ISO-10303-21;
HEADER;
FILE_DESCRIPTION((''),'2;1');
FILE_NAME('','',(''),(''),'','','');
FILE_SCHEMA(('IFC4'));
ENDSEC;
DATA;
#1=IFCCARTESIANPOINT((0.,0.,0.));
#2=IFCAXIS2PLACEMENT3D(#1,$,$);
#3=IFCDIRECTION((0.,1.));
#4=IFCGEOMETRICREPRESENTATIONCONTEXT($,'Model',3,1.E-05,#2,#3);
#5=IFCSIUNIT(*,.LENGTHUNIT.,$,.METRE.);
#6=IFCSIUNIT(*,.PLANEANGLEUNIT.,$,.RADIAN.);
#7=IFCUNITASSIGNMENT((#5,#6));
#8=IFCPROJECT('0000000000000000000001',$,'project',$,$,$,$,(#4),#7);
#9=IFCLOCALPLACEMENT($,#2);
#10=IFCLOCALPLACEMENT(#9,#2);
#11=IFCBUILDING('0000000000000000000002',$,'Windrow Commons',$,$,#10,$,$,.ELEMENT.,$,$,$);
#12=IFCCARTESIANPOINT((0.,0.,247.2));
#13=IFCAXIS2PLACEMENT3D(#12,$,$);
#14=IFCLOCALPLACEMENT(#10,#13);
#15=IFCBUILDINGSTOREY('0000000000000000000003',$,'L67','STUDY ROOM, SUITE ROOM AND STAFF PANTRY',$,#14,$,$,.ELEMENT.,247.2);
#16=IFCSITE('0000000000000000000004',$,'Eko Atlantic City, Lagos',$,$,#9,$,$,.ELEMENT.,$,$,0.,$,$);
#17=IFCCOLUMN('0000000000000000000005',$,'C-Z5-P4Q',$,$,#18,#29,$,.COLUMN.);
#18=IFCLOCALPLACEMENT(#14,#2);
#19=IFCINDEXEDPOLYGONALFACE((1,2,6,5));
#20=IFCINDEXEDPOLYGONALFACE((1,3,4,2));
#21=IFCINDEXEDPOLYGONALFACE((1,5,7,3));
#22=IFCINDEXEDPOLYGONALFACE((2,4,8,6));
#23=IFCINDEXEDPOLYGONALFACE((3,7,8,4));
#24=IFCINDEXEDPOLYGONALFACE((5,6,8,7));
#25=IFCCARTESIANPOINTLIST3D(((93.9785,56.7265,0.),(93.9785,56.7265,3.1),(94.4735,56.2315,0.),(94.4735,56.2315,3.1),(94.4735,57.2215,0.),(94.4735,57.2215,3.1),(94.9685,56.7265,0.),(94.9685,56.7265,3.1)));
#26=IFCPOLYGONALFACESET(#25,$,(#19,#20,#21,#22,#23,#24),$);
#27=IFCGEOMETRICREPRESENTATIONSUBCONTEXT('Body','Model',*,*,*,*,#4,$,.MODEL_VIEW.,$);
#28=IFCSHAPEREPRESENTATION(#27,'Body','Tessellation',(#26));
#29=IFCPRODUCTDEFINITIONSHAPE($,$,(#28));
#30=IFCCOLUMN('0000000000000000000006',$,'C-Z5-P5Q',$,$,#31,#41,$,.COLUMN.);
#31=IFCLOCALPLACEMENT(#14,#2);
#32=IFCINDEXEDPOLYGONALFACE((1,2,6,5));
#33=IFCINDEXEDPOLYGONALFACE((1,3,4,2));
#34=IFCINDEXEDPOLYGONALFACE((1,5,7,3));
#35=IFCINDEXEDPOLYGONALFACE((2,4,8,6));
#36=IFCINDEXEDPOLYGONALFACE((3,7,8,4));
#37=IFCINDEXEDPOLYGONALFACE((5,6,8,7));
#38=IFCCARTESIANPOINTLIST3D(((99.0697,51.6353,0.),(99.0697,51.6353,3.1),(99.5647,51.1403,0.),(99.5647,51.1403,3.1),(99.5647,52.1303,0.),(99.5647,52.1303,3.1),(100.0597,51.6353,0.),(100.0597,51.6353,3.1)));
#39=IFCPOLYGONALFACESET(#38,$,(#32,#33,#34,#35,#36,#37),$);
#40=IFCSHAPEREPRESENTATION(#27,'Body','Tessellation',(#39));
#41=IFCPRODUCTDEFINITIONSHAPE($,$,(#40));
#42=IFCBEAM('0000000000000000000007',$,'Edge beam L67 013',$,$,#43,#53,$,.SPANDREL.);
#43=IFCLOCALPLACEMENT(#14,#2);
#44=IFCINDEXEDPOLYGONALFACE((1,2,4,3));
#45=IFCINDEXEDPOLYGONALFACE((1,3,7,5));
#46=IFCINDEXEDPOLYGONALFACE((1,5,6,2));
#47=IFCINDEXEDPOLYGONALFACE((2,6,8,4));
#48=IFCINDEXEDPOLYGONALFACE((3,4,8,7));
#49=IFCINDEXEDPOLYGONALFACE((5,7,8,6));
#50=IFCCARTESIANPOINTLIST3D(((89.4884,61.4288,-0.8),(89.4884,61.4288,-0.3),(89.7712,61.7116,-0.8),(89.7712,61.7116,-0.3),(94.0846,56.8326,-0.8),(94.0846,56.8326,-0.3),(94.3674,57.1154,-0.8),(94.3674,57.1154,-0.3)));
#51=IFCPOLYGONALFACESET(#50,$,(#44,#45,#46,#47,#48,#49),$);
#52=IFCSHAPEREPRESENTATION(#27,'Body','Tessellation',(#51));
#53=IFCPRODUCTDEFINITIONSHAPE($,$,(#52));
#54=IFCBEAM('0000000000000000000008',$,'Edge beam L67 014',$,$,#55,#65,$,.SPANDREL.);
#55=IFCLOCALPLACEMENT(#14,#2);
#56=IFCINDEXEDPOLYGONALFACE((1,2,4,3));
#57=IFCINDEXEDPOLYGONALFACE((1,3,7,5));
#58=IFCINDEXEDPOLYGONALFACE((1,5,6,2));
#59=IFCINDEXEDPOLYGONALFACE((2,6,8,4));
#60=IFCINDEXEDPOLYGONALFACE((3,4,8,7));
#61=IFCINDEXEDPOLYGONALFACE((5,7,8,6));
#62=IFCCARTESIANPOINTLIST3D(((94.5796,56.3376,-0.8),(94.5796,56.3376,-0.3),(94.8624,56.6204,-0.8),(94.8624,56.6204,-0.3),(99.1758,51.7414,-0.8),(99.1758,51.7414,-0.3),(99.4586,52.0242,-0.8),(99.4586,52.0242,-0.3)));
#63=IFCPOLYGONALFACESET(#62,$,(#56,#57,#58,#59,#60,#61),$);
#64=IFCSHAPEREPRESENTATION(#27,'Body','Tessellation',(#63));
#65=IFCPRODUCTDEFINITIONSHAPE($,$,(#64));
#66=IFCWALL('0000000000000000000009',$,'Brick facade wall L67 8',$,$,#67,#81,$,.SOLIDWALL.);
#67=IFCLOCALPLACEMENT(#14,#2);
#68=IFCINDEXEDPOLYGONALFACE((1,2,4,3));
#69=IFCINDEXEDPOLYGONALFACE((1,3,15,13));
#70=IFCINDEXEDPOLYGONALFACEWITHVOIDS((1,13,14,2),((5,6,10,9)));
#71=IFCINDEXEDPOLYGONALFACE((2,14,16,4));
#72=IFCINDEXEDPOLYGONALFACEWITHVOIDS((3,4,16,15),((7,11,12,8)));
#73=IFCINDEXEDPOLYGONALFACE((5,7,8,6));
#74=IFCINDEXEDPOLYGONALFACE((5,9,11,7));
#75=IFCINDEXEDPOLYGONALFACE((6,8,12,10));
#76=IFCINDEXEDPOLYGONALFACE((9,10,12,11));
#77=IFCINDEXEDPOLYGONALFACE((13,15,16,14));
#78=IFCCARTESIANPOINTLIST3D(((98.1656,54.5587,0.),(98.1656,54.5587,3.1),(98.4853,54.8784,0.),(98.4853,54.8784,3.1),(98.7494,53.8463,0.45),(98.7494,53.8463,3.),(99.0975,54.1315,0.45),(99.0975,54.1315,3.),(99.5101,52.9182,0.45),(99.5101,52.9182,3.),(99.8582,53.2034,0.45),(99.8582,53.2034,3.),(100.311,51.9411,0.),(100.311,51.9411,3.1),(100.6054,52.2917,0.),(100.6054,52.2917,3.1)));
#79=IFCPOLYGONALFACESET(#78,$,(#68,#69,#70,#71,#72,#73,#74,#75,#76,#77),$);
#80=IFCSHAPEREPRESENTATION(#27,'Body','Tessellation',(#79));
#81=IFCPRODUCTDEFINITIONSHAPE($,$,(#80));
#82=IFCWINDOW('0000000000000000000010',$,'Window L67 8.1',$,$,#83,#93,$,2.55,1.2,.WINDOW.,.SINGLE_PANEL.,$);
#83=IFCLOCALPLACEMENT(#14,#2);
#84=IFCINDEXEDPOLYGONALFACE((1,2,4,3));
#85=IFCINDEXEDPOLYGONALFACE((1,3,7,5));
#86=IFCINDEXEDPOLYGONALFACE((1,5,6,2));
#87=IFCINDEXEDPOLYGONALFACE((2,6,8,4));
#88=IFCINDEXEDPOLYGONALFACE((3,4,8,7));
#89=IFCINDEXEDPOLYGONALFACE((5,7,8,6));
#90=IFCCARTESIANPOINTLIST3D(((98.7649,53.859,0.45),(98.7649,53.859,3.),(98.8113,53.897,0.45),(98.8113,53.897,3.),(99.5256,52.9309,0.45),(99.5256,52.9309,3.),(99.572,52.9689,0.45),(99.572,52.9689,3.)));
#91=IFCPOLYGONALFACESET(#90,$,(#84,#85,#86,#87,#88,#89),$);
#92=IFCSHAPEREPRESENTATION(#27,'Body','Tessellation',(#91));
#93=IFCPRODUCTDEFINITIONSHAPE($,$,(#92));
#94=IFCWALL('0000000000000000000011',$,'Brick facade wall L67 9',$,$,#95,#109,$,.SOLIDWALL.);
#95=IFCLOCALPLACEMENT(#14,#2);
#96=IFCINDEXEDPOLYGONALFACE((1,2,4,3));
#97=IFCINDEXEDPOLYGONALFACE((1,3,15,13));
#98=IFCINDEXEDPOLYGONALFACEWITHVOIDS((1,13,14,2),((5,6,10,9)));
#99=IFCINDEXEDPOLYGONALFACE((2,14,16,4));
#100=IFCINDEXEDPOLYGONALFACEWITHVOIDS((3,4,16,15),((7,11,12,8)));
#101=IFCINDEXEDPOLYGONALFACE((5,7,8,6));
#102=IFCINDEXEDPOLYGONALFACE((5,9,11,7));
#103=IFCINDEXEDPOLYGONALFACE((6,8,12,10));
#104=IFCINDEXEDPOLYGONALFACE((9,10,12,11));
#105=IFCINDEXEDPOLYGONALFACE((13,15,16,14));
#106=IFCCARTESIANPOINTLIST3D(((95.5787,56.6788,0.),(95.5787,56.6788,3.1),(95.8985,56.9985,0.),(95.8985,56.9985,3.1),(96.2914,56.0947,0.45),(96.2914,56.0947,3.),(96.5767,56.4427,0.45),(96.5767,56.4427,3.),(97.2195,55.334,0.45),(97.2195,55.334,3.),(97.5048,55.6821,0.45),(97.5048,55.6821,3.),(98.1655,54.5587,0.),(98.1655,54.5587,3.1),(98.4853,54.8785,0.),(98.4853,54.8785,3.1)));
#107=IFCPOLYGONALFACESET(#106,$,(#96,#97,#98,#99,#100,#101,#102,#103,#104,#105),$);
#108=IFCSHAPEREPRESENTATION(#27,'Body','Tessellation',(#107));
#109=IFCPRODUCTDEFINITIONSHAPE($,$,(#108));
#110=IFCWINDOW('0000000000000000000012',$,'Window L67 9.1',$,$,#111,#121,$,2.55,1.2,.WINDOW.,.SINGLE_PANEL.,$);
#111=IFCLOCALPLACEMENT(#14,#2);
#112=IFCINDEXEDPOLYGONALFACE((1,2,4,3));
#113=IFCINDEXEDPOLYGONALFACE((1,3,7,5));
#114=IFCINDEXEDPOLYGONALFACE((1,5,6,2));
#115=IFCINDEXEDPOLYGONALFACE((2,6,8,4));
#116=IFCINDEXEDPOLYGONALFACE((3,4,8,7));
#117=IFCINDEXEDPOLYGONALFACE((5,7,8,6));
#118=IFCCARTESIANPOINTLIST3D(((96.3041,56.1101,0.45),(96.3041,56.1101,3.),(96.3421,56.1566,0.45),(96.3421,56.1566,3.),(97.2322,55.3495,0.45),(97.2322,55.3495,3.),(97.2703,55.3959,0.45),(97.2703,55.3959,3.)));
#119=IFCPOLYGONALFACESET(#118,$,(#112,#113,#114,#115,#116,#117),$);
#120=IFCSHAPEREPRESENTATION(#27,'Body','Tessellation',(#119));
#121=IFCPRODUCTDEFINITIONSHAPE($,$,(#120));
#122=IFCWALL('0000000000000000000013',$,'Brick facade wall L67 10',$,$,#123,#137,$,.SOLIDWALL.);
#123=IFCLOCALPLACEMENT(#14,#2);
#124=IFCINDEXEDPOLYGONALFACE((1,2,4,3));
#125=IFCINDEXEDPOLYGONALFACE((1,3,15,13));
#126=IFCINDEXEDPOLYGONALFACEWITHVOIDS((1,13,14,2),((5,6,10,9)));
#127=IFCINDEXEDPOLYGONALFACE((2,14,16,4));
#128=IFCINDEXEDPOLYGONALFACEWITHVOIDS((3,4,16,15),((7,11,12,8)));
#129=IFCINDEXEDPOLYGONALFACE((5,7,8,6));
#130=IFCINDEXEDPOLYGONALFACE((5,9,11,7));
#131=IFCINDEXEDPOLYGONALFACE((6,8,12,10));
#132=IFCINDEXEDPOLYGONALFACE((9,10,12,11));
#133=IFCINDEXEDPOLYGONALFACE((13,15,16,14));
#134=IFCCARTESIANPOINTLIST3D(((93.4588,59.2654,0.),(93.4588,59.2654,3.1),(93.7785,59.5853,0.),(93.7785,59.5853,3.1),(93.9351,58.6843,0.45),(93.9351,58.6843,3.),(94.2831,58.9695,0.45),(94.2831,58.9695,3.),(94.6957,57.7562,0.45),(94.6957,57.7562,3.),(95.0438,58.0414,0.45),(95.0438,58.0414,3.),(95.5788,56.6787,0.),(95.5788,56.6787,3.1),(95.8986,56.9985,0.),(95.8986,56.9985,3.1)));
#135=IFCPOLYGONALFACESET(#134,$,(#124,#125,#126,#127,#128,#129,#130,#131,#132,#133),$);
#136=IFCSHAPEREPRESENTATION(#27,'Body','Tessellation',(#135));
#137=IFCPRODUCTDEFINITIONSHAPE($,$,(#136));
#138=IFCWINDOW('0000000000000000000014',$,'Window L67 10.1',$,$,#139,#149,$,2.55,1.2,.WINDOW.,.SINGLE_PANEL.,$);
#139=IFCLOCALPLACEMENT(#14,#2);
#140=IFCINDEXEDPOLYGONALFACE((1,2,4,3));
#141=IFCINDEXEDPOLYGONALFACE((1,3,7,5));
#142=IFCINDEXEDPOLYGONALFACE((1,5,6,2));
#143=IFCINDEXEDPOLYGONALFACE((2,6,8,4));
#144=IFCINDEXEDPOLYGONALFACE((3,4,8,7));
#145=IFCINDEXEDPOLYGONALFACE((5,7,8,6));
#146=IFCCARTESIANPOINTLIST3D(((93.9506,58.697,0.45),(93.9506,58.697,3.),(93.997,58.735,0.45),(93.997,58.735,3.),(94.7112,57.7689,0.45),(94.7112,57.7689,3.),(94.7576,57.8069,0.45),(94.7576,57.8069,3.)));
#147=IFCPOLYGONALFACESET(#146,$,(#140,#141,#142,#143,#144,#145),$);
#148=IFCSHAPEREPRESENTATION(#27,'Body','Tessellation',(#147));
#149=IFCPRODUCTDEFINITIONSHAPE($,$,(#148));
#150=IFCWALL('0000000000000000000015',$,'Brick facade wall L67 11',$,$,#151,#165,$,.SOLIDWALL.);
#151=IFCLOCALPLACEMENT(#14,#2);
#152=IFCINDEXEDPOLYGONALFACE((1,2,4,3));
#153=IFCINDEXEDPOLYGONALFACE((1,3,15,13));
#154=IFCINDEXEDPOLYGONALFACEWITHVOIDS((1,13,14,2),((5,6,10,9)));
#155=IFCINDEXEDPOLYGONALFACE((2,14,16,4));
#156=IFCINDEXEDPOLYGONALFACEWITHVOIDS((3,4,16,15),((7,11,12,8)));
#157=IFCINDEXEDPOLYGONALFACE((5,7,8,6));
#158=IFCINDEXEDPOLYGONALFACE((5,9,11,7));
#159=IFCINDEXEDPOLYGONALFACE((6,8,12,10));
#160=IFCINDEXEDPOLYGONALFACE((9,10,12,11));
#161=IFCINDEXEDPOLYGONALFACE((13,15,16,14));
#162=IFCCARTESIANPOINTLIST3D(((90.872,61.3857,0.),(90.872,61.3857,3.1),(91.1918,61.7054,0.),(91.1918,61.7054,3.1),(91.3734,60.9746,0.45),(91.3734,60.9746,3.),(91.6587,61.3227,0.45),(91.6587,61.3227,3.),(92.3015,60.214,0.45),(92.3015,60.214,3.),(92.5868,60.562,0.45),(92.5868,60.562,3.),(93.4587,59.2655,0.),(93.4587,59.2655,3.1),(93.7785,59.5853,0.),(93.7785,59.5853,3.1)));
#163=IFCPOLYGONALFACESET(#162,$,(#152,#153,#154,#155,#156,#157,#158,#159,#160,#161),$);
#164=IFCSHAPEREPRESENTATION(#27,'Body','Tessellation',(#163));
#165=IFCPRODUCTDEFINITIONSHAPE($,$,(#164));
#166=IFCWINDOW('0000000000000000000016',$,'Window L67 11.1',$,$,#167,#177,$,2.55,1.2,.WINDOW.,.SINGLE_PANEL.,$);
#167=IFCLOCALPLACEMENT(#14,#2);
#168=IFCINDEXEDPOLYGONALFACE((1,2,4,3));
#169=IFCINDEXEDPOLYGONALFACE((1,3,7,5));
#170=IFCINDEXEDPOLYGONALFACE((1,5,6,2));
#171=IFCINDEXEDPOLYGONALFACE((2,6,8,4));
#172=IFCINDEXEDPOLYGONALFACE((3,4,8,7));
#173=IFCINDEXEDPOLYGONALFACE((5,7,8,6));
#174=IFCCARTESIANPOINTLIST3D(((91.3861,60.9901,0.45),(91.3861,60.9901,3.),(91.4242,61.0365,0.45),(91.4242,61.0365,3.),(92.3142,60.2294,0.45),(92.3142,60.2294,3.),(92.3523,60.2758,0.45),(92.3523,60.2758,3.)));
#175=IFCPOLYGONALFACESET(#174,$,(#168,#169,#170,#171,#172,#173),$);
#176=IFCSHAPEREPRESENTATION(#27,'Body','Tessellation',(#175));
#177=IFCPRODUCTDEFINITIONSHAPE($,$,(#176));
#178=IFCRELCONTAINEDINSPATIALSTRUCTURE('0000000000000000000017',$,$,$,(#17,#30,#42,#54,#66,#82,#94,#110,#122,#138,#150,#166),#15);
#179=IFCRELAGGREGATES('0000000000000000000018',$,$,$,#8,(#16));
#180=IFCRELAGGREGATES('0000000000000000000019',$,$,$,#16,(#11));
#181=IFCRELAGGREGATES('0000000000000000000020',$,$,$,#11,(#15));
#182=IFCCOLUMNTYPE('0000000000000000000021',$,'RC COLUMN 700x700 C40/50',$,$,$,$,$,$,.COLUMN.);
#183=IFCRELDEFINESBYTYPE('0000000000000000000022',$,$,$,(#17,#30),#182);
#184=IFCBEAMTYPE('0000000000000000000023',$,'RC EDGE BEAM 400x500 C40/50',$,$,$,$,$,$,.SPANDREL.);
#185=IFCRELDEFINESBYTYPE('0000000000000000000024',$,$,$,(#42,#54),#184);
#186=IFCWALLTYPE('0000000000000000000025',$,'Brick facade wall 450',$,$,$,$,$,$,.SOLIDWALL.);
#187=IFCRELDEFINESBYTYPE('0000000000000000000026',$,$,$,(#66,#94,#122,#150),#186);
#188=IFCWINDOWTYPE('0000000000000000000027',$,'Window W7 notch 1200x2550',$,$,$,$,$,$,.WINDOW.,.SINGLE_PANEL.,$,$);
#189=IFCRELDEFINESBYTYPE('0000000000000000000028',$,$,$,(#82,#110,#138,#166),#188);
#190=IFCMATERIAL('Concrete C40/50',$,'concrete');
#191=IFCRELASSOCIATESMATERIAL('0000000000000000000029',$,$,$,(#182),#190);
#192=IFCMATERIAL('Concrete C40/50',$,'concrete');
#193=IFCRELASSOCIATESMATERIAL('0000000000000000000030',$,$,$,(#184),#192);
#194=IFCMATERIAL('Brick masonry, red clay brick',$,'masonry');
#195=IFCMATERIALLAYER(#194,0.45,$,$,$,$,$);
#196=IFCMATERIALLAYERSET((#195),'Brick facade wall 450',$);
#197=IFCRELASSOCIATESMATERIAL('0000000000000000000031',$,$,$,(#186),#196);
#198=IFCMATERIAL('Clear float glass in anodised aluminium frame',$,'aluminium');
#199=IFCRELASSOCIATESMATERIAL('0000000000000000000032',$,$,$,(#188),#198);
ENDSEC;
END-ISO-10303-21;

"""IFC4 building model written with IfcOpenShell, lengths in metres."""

from ifc_helpers import new_model, si_unit, direction, frame, frame_2d, origin, origin_2d, place, context, subcontext, project, spatial, polyline, rectangle, outline, extrude, material, layer, layer_set, material_profile, profile_set, type_object, element, fill, save


model = new_model("IFC4")

# Units and contexts
model_context = context("Model", 3, precision=1e-05, world=origin(), true_north=direction((0.0, 1.0)))
body_context = subcontext(model_context, "Body", "Model", "MODEL_VIEW")
ifc_project = project(units=[si_unit("LENGTHUNIT", "METRE"), si_unit("PLANEANGLEUNIT", "RADIAN")], contexts=[model_context])

# Site, building, storey
site_placement = place(None, origin())
site = spatial("IfcSite", under=ifc_project, at=site_placement, Name="Eko Atlantic City, Lagos", CompositionType="ELEMENT", RefElevation=0.0)
building_placement = place(site_placement, origin())
building = spatial("IfcBuilding", under=site, at=building_placement, Name="Windrow Commons", CompositionType="ELEMENT")
storey_placement = place(building_placement, frame((0.0, 0.0, 247.2)))
storey = spatial("IfcBuildingStorey", under=building, at=storey_placement, Name="L67", Description="STUDY ROOM, SUITE ROOM AND STAFF PANTRY", CompositionType="ELEMENT", Elevation=247.2)

# Columns
ifc_material_1 = material(Name="Concrete C40/50", Category="concrete")
ifc_material_profile_1 = material_profile(ifc_material_1, rectangle(XDim=0.7, YDim=0.7, at=origin_2d()))
ifc_profile_set_1 = profile_set([ifc_material_profile_1], Name="Concrete C40/50")
column_type = type_object("IfcColumnType", Name="RC COLUMN 700x700 C40/50", PredefinedType="COLUMN", material=ifc_profile_set_1)
for number, where, z_axis, x_axis, name in (
    (1, (94.4735, 56.7265, 0.0), (0.0, 0.0, 1.0), (0.707107, -0.707107, 0.0), "C-Z5-P4Q"),
    (2, (99.5647, 51.6353, 0.0), (0.0, 0.0, 1.0), (0.707107, -0.707107, 0.0), "C-Z5-P5Q"),
):
    element("IfcColumn", number, at=place(storey_placement, frame(where, z_axis=z_axis, x_axis=x_axis)), inside=storey, type_object=column_type, Name=name, PredefinedType="COLUMN", context=body_context, shape_type="SweptSolid", body=[
        extrude(rectangle(XDim=0.7, YDim=0.7, at=origin_2d()), origin(), (0.0, 0.0, 1.0), 3.1),
    ])

# Beams
ifc_material_2 = material(Name="Concrete C40/50", Category="concrete")
ifc_material_profile_2 = material_profile(ifc_material_2, rectangle(XDim=0.4, YDim=0.5, at=origin_2d()))
ifc_profile_set_2 = profile_set([ifc_material_profile_2], Name="Concrete C40/50")
beam_type = type_object("IfcBeamType", Name="RC EDGE BEAM 400x500 C40/50", PredefinedType="SPANDREL", material=ifc_profile_set_2)
for number, where, z_axis, x_axis, name in (
    (3, (89.6298, 61.5702, -0.55), (0.707107, -0.707107, 0.0), (0.707107, 0.707107, 0.0), "Edge beam L67 013"),
    (4, (94.721, 56.479, -0.55), (0.707107, -0.707107, 0.0), (0.707107, 0.707107, 0.0), "Edge beam L67 014"),
):
    element("IfcBeam", number, at=place(storey_placement, frame(where, z_axis=z_axis, x_axis=x_axis)), inside=storey, type_object=beam_type, Name=name, PredefinedType="SPANDREL", context=body_context, shape_type="SweptSolid", body=[
        extrude(rectangle(XDim=0.4, YDim=0.5, at=origin_2d()), origin(), (0.0, 0.0, 1.0), 6.5),
    ])

# Walls, openings, windows
ifc_material_3 = material(Name="Brick masonry, red clay brick", Category="masonry")
ifc_layer_1 = layer(ifc_material_3, 0.45)
ifc_layer_set_1 = layer_set([ifc_layer_1], Name="Brick facade wall 450")
wall_type_1 = type_object("IfcWallType", Name="Brick facade wall 450", PredefinedType="SOLIDWALL", material=ifc_layer_set_1)
wall_1_placement = place(storey_placement, frame((100.4582, 52.1164, 0.0), z_axis=(0.0, 0.0, 1.0), x_axis=(-0.633901, 0.773414, 0.0)))
wall_1 = element("IfcWall", 5, at=wall_1_placement, inside=storey, type_object=wall_type_1, Name="Brick facade wall L67 8", PredefinedType="SOLIDWALL", context=body_context, shape_type="SweptSolid", body=[
    extrude(outline(polyline([(0.0423, -0.225), (3.3868, -0.225), (3.3422, 0.225), (-0.0423, 0.225), (0.0423, -0.225)])), origin(), (0.0, 0.0, 1.0), 3.1),
])
opening_1_placement = place(wall_1_placement, frame((1.2211, 0.0, 0.45)))
opening_1 = element("IfcOpeningElement", 6, at=opening_1_placement, cuts=wall_1, PredefinedType="OPENING", context=body_context, shape_type="SweptSolid", body=[
    extrude(rectangle(XDim=1.2, YDim=2.55, at=frame_2d((0.6, 1.275))), frame((0.0, 0.235, 0.0), z_axis=(0.0, -1.0, 0.0), x_axis=(1.0, 0.0, 0.0)), (0.0, 0.0, 1.0), 0.47),
])
ifc_material_4 = material(Name="Clear float glass in anodised aluminium frame", Category="aluminium")
window_type = type_object("IfcWindowType", Name="Window W7 notch 1200x2550", PartitioningType="SINGLE_PANEL", PredefinedType="WINDOW", material=ifc_material_4)
window_1_placement = place(opening_1_placement, origin())
window_1 = element("IfcWindow", 7, at=window_1_placement, inside=storey, type_object=window_type, Name="Window L67 8.1", OverallHeight=2.55, OverallWidth=1.2, PartitioningType="SINGLE_PANEL", PredefinedType="WINDOW", context=body_context, shape_type="SweptSolid", body=[
    extrude(rectangle(XDim=1.2, YDim=2.55, at=frame_2d((0.6, 1.275))), frame((0.0, 0.205, 0.0), z_axis=(0.0, -1.0, 0.0), x_axis=(1.0, 0.0, 0.0)), (0.0, 0.0, 1.0), 0.06),
])
fill(opening_1, window_1)
wall_2_placement = place(storey_placement, frame((98.3254, 54.7186, 0.0), z_axis=(0.0, 0.0, 1.0), x_axis=(-0.773428, 0.633884, 0.0)))
wall_2 = element("IfcWall", 8, at=wall_2_placement, inside=storey, type_object=wall_type_1, Name="Brick facade wall L67 9", PredefinedType="SOLIDWALL", context=body_context, shape_type="SweptSolid", body=[
    extrude(outline(polyline([(-0.0223, -0.225), (3.3222, -0.225), (3.3669, 0.225), (0.0223, 0.225), (-0.0223, -0.225)])), origin(), (0.0, 0.0, 1.0), 3.1),
])
opening_2_placement = place(wall_2_placement, frame((1.2454, 0.0, 0.45)))
opening_2 = element("IfcOpeningElement", 9, at=opening_2_placement, cuts=wall_2, PredefinedType="OPENING", context=body_context, shape_type="SweptSolid", body=[
    extrude(rectangle(XDim=1.2, YDim=2.55, at=frame_2d((0.6, 1.275))), frame((0.0, 0.235, 0.0), z_axis=(0.0, -1.0, 0.0), x_axis=(1.0, 0.0, 0.0)), (0.0, 0.0, 1.0), 0.47),
])
window_2_placement = place(opening_2_placement, origin())
window_2 = element("IfcWindow", 10, at=window_2_placement, inside=storey, type_object=window_type, Name="Window L67 9.1", OverallHeight=2.55, OverallWidth=1.2, PartitioningType="SINGLE_PANEL", PredefinedType="WINDOW", context=body_context, shape_type="SweptSolid", body=[
    extrude(rectangle(XDim=1.2, YDim=2.55, at=frame_2d((0.6, 1.275))), frame((0.0, 0.205, 0.0), z_axis=(0.0, -1.0, 0.0), x_axis=(1.0, 0.0, 0.0)), (0.0, 0.0, 1.0), 0.06),
])
fill(opening_2, window_2)
wall_3_placement = place(storey_placement, frame((95.7387, 56.8386, 0.0), z_axis=(0.0, 0.0, 1.0), x_axis=(-0.633887, 0.773426, 0.0)))
wall_3 = element("IfcWall", 11, at=wall_3_placement, inside=storey, type_object=wall_type_1, Name="Brick facade wall L67 10", PredefinedType="SOLIDWALL", context=body_context, shape_type="SweptSolid", body=[
    extrude(outline(polyline([(0.0223, -0.225), (3.3669, -0.225), (3.3222, 0.225), (-0.0223, 0.225), (0.0223, -0.225)])), origin(), (0.0, 0.0, 1.0), 3.1),
])
opening_3_placement = place(wall_3_placement, frame((1.3708, 0.0, 0.45)))
opening_3 = element("IfcOpeningElement", 12, at=opening_3_placement, cuts=wall_3, PredefinedType="OPENING", context=body_context, shape_type="SweptSolid", body=[
    extrude(rectangle(XDim=1.2, YDim=2.55, at=frame_2d((0.6, 1.275))), frame((0.0, 0.235, 0.0), z_axis=(0.0, -1.0, 0.0), x_axis=(1.0, 0.0, 0.0)), (0.0, 0.0, 1.0), 0.47),
])
window_3_placement = place(opening_3_placement, origin())
window_3 = element("IfcWindow", 13, at=window_3_placement, inside=storey, type_object=window_type, Name="Window L67 10.1", OverallHeight=2.55, OverallWidth=1.2, PartitioningType="SINGLE_PANEL", PredefinedType="WINDOW", context=body_context, shape_type="SweptSolid", body=[
    extrude(rectangle(XDim=1.2, YDim=2.55, at=frame_2d((0.6, 1.275))), frame((0.0, 0.205, 0.0), z_axis=(0.0, -1.0, 0.0), x_axis=(1.0, 0.0, 0.0)), (0.0, 0.0, 1.0), 0.06),
])
fill(opening_3, window_3)
wall_4_placement = place(storey_placement, frame((93.6186, 59.4254, 0.0), z_axis=(0.0, 0.0, 1.0), x_axis=(-0.773413, 0.633902, 0.0)))
wall_4 = element("IfcWall", 14, at=wall_4_placement, inside=storey, type_object=wall_type_1, Name="Brick facade wall L67 11", PredefinedType="SOLIDWALL", context=body_context, shape_type="SweptSolid", body=[
    extrude(outline(polyline([(-0.0223, -0.225), (3.3222, -0.225), (3.3669, 0.225), (0.0223, 0.225), (-0.0223, -0.225)])), origin(), (0.0, 0.0, 1.0), 3.1),
])
opening_4_placement = place(wall_4_placement, frame((1.5185, 0.0, 0.45)))
opening_4 = element("IfcOpeningElement", 15, at=opening_4_placement, cuts=wall_4, PredefinedType="OPENING", context=body_context, shape_type="SweptSolid", body=[
    extrude(rectangle(XDim=1.2, YDim=2.55, at=frame_2d((0.6, 1.275))), frame((0.0, 0.235, 0.0), z_axis=(0.0, -1.0, 0.0), x_axis=(1.0, 0.0, 0.0)), (0.0, 0.0, 1.0), 0.47),
])
window_4_placement = place(opening_4_placement, origin())
window_4 = element("IfcWindow", 16, at=window_4_placement, inside=storey, type_object=window_type, Name="Window L67 11.1", OverallHeight=2.55, OverallWidth=1.2, PartitioningType="SINGLE_PANEL", PredefinedType="WINDOW", context=body_context, shape_type="SweptSolid", body=[
    extrude(rectangle(XDim=1.2, YDim=2.55, at=frame_2d((0.6, 1.275))), frame((0.0, 0.205, 0.0), z_axis=(0.0, -1.0, 0.0), x_axis=(1.0, 0.0, 0.0)), (0.0, 0.0, 1.0), 0.06),
])
fill(opening_4, window_4)

save(model, "model.ifc")
